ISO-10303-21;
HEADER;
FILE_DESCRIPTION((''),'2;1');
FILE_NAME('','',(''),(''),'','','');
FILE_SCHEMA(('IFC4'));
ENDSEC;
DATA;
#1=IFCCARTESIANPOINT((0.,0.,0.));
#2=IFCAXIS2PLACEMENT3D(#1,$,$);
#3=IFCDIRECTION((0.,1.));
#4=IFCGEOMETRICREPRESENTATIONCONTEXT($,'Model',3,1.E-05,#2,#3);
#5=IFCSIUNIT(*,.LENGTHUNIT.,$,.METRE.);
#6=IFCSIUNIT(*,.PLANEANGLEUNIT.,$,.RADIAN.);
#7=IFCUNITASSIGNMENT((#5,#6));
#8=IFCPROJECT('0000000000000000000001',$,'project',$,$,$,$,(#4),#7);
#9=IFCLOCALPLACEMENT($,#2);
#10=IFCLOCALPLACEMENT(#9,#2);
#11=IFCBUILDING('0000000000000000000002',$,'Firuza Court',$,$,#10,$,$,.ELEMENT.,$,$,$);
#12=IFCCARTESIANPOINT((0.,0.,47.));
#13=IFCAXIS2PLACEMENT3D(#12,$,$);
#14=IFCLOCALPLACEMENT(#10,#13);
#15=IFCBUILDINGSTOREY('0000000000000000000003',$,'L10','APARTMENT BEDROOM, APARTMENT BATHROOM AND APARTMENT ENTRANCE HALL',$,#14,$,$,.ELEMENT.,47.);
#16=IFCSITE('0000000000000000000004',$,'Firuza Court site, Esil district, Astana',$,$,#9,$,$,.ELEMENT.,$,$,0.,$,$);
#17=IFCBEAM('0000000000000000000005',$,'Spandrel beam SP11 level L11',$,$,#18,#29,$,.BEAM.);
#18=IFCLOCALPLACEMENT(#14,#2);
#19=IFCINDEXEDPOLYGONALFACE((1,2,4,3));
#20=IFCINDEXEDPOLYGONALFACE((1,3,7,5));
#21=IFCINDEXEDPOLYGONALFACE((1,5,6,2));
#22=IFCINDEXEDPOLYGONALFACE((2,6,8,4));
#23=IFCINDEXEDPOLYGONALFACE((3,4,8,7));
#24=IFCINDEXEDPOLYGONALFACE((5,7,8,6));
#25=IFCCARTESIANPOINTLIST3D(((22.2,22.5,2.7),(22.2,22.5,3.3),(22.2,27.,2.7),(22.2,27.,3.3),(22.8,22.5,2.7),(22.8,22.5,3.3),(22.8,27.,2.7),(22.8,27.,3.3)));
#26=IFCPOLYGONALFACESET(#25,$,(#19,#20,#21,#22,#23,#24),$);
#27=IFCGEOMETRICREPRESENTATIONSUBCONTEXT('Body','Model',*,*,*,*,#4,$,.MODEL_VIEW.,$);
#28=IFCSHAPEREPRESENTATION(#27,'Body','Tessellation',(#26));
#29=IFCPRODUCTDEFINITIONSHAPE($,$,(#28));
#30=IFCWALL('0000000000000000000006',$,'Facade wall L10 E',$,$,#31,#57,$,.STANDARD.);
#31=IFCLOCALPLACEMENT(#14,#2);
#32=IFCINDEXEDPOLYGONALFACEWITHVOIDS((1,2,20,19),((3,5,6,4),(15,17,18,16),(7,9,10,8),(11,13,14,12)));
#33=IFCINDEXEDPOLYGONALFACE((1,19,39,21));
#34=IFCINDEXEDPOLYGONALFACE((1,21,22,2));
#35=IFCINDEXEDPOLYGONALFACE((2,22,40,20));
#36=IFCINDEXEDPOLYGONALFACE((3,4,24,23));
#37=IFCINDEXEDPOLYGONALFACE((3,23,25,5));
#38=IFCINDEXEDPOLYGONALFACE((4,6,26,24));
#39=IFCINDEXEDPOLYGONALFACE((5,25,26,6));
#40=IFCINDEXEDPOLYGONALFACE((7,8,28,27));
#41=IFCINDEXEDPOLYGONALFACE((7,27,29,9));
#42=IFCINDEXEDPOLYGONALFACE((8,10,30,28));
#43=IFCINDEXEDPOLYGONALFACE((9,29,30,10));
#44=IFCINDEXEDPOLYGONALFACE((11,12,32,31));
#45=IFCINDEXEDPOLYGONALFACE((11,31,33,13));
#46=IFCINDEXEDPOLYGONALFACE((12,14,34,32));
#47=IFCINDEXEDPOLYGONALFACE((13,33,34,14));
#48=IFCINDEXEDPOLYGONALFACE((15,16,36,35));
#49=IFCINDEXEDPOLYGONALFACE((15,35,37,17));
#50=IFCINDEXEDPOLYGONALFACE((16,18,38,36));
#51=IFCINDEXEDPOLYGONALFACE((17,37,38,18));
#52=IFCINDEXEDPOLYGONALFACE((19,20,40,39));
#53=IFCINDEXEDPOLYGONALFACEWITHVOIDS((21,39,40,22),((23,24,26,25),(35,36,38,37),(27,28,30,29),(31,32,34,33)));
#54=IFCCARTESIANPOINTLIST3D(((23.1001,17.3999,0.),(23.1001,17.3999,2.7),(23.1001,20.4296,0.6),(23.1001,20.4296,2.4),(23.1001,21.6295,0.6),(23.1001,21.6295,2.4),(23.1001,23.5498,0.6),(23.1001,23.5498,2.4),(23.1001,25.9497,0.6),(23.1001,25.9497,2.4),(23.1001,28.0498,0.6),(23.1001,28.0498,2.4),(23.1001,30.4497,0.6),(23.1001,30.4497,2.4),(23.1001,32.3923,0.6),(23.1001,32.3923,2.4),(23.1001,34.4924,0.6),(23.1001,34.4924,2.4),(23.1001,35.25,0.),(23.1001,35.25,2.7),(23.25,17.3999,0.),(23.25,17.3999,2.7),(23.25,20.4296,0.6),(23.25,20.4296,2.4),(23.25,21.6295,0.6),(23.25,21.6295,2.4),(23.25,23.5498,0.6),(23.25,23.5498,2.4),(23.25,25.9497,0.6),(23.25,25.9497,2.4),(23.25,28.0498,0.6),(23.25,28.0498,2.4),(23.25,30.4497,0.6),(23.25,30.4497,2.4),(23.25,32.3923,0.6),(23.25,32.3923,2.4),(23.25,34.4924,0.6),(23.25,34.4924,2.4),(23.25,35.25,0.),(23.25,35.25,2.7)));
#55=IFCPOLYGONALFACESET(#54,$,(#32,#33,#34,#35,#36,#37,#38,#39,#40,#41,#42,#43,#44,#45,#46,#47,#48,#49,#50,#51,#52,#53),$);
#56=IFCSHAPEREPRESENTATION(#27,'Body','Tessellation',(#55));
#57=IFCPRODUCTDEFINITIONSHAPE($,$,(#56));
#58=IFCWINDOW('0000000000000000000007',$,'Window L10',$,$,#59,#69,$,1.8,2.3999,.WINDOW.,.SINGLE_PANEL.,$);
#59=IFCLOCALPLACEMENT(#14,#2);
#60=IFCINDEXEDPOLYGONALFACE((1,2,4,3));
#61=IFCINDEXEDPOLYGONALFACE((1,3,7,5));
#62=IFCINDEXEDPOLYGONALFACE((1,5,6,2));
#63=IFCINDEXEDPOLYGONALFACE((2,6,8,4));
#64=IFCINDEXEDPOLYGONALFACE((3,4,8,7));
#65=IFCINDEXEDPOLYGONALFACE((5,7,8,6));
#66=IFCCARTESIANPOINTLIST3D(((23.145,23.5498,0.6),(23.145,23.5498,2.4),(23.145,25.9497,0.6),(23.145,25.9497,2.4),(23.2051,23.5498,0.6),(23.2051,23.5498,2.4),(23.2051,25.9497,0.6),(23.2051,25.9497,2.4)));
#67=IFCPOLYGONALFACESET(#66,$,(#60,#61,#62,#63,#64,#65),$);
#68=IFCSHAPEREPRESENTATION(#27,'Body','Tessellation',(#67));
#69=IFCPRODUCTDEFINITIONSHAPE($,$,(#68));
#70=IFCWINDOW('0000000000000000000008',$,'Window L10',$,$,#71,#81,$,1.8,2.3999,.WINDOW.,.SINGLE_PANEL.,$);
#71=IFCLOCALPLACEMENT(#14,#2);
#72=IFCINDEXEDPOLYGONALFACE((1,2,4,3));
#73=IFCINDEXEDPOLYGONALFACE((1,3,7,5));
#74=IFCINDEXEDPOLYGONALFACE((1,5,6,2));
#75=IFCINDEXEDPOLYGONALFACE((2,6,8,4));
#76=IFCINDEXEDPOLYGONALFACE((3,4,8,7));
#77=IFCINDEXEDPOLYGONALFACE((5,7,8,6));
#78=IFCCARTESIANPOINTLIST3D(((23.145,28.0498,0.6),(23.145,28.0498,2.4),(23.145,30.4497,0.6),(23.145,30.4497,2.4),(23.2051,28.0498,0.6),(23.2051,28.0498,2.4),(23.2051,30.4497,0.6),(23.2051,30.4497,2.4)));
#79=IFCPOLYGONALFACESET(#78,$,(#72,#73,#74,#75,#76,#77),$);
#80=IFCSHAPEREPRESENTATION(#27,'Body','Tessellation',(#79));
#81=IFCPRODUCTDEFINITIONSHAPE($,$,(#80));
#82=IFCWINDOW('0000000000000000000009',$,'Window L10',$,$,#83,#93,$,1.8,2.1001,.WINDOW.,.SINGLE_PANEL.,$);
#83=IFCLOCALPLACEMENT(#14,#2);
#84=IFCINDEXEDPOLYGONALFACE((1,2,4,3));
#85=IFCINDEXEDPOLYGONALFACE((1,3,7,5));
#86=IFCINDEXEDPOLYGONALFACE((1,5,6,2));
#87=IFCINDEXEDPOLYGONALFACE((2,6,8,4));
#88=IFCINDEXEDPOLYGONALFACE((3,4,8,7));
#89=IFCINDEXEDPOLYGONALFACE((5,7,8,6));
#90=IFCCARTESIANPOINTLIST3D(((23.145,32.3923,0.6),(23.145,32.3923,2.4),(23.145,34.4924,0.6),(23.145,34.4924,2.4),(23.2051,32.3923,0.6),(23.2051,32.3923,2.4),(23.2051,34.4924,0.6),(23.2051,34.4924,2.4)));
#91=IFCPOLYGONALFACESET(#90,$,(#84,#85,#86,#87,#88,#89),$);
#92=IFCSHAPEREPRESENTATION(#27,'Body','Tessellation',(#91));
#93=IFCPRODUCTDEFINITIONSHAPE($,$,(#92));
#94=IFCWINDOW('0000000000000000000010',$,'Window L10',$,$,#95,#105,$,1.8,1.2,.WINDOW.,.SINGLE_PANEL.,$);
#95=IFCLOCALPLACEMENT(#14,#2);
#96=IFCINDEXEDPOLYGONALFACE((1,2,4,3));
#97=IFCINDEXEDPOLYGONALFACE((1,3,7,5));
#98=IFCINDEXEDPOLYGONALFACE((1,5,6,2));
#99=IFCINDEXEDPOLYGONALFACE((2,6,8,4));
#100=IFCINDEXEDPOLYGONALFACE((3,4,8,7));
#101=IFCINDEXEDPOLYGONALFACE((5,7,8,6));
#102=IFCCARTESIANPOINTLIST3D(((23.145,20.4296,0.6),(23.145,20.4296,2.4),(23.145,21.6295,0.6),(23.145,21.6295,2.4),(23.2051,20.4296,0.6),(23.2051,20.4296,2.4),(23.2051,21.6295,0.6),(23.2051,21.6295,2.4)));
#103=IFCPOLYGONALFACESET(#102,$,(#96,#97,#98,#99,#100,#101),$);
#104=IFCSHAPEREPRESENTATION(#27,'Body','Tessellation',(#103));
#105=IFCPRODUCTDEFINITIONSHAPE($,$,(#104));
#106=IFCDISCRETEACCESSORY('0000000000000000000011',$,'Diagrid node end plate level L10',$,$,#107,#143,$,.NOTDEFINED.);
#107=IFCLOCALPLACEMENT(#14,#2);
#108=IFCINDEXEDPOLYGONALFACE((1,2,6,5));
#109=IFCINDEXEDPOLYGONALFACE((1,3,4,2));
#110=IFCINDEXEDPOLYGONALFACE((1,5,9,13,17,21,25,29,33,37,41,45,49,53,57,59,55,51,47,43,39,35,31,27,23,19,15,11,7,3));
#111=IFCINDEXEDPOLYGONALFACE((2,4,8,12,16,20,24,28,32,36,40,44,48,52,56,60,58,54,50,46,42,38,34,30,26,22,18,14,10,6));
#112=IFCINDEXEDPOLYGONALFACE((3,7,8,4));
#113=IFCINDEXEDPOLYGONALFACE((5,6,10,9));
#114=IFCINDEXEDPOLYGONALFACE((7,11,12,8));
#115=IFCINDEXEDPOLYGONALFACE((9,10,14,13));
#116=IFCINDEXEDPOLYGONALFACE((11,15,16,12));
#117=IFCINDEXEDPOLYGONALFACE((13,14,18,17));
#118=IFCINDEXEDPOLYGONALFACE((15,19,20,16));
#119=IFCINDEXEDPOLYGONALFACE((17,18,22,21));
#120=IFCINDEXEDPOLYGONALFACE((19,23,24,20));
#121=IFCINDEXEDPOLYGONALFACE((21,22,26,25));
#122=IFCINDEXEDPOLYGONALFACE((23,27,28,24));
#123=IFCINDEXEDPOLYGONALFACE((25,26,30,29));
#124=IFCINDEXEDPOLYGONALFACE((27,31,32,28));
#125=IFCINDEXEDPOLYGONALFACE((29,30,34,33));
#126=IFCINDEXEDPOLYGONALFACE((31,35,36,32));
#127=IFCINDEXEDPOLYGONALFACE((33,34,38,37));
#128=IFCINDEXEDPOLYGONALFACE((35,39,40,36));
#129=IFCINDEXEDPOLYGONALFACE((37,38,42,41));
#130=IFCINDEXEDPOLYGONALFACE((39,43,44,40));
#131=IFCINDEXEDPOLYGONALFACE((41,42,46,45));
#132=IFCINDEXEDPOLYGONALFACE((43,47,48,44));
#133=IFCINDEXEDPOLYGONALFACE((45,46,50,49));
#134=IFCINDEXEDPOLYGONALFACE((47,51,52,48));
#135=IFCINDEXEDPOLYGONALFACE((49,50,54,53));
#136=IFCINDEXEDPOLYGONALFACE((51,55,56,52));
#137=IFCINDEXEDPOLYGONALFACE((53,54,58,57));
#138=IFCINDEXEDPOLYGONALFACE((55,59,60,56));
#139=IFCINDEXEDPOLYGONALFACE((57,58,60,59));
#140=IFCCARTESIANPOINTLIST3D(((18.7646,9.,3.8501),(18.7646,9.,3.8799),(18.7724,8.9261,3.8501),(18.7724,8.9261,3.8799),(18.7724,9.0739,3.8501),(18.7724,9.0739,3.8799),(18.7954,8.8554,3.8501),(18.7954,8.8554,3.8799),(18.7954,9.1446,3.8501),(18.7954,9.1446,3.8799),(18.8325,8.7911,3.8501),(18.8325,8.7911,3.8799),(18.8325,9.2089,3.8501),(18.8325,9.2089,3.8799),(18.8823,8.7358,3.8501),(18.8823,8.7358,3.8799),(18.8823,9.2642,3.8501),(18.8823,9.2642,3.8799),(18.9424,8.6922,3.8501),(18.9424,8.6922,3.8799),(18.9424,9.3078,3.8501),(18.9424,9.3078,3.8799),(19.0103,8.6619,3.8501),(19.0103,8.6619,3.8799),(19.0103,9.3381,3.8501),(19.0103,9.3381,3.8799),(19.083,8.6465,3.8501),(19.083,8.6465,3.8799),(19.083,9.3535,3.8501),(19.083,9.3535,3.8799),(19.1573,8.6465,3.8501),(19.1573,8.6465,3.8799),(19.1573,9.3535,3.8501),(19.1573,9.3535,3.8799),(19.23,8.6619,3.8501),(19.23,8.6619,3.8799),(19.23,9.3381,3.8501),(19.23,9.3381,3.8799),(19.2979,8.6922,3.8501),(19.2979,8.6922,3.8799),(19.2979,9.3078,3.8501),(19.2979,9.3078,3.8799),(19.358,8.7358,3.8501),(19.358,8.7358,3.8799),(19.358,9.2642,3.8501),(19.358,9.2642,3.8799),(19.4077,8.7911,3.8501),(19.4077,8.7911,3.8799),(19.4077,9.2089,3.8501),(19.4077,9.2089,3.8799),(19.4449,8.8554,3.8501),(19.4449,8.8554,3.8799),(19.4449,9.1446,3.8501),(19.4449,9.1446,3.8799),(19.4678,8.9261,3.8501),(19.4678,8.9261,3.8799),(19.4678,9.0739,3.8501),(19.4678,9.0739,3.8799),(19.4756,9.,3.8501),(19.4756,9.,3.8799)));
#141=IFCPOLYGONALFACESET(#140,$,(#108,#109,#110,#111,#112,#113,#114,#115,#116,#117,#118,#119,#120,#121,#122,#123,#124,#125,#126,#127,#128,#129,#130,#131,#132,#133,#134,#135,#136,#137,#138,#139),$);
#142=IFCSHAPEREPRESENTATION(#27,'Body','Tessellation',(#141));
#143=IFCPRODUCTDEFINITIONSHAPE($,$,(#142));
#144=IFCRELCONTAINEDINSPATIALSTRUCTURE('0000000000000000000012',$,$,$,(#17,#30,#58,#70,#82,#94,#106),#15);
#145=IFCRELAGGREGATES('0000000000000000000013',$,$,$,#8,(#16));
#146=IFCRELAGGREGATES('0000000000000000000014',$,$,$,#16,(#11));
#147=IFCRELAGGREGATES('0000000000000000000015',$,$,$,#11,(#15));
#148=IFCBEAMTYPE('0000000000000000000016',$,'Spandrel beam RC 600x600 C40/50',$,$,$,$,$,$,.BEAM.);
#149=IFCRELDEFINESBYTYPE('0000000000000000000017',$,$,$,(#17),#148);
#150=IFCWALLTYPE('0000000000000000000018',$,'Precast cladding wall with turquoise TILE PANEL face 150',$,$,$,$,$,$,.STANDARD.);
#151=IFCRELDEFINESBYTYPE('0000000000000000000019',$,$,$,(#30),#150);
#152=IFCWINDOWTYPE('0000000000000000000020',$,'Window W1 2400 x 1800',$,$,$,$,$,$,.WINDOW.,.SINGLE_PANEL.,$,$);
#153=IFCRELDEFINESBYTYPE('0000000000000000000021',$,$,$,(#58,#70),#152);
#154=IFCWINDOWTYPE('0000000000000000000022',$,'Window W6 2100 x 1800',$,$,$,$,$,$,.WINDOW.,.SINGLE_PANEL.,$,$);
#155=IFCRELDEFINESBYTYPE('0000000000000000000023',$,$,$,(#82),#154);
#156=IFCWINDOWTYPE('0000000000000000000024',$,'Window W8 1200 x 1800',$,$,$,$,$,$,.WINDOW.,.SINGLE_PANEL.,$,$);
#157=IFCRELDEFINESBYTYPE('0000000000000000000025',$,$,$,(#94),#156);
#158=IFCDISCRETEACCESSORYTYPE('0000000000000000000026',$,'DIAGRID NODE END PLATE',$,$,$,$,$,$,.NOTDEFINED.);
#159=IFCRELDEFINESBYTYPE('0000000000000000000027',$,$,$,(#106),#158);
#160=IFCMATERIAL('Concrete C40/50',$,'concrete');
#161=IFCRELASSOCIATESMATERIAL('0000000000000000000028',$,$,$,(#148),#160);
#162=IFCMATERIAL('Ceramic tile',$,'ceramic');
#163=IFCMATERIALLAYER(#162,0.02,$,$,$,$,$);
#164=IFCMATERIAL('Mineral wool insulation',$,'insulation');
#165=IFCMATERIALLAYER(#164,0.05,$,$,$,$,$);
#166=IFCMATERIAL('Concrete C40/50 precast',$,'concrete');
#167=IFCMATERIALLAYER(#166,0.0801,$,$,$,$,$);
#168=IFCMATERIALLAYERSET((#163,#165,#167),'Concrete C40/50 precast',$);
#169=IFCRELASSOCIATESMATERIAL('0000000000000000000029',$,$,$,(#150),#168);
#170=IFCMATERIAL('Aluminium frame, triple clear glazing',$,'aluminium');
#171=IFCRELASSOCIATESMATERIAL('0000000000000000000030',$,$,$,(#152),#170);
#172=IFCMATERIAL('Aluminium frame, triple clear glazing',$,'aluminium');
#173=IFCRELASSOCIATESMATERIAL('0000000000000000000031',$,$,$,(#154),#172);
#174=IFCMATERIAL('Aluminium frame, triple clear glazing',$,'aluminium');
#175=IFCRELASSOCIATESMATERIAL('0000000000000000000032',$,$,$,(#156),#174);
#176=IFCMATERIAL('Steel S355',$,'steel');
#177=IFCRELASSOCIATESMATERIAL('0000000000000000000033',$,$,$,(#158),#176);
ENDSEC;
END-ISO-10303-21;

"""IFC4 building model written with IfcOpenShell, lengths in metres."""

from ifc_helpers import new_model, si_unit, direction, frame, frame_2d, origin, origin_2d, place, context, subcontext, project, spatial, rectangle, circle, extrude, material, layer, layer_set, material_profile, profile_set, type_object, element, fill, save


model = new_model("IFC4")

# Units and contexts
model_context = context("Model", 3, precision=1e-05, world=origin(), true_north=direction((0.0, 1.0)))
body_context = subcontext(model_context, "Body", "Model", "MODEL_VIEW")
ifc_project = project(units=[si_unit("LENGTHUNIT", "METRE"), si_unit("PLANEANGLEUNIT", "RADIAN")], contexts=[model_context])

# Site, building, storey
site_placement = place(None, origin())
site = spatial("IfcSite", under=ifc_project, at=site_placement, Name="Firuza Court site, Esil district, Astana", CompositionType="ELEMENT", RefElevation=0.0)
building_placement = place(site_placement, origin())
building = spatial("IfcBuilding", under=site, at=building_placement, Name="Firuza Court", CompositionType="ELEMENT")
storey_placement = place(building_placement, frame((0.0, 0.0, 47.0)))
storey = spatial("IfcBuildingStorey", under=building, at=storey_placement, Name="L10", Description="APARTMENT BEDROOM, APARTMENT BATHROOM AND APARTMENT ENTRANCE HALL", CompositionType="ELEMENT", Elevation=47.0)

# Beam
ifc_material_1 = material(Name="Concrete C40/50", Category="concrete")
ifc_material_profile_1 = material_profile(ifc_material_1, rectangle(XDim=0.6001, YDim=0.6001, at=origin_2d()), Name="RC 600x600")
ifc_profile_set_1 = profile_set([ifc_material_profile_1], Name="Concrete C40/50")
beam_type_1 = type_object("IfcBeamType", Name="Spandrel beam RC 600x600 C40/50", PredefinedType="BEAM", material=ifc_profile_set_1)
for number, where, z_axis, x_axis, name in (
    (1, (22.5, 22.5, 3.0), (0.0, 1.0, 0.0), (-1.0, 0.0, 0.0), "Spandrel beam SP11 level L11"),
):
    element("IfcBeam", number, at=place(storey_placement, frame(where, z_axis=z_axis, x_axis=x_axis)), inside=storey, type_object=beam_type_1, Name=name, PredefinedType="BEAM", context=body_context, shape_type="SweptSolid", body=[
        extrude(rectangle(XDim=0.6001, YDim=0.6001, at=origin_2d()), origin(), (0.0, 0.0, 1.0), 4.5),
    ])

# Wall, openings, windows
ifc_material_2 = material(Name="Ceramic tile", Category="ceramic")
ifc_layer_1 = layer(ifc_material_2, 0.02)
ifc_material_3 = material(Name="Mineral wool insulation", Category="insulation")
ifc_layer_2 = layer(ifc_material_3, 0.05)
ifc_material_4 = material(Name="Concrete C40/50 precast", Category="concrete")
ifc_layer_3 = layer(ifc_material_4, 0.0801)
ifc_layer_set = layer_set([ifc_layer_1, ifc_layer_2, ifc_layer_3], Name="Concrete C40/50 precast")
wall_type = type_object("IfcWallType", Name="Precast cladding wall with turquoise TILE PANEL face 150", PredefinedType="STANDARD", material=ifc_layer_set)
wall_placement = place(storey_placement, frame((23.175, 17.3999, 0.0), z_axis=(0.0, 0.0, 1.0), x_axis=(0.0, 1.0, 0.0)))
wall = element("IfcWall", 2, at=wall_placement, inside=storey, type_object=wall_type, Name="Facade wall L10 E", PredefinedType="STANDARD", context=body_context, shape_type="SweptSolid", body=[
    extrude(rectangle(XDim=17.8501, YDim=0.1499, at=frame_2d((8.925, 0.0))), origin(), (0.0, 0.0, 1.0), 2.7),
])
opening_1_placement = place(wall_placement, frame((3.0295, 0.0, 0.6001)))
opening_1 = element("IfcOpeningElement", 3, at=opening_1_placement, cuts=wall, PredefinedType="OPENING", context=body_context, shape_type="SweptSolid", body=[
    extrude(rectangle(XDim=1.2, YDim=1.8, at=frame_2d((0.6001, 0.8999))), frame((0.0, 0.0869, 0.0), z_axis=(0.0, -1.0, 0.0), x_axis=(1.0, 0.0, 0.0)), (0.0, 0.0, 1.0), 0.1738),
])
opening_2_placement = place(wall_placement, frame((6.1499, 0.0, 0.6001)))
opening_2 = element("IfcOpeningElement", 4, at=opening_2_placement, cuts=wall, PredefinedType="OPENING", context=body_context, shape_type="SweptSolid", body=[
    extrude(rectangle(XDim=2.3999, YDim=1.8, at=frame_2d((1.2, 0.8999))), frame((0.0, 0.0869, 0.0), z_axis=(0.0, -1.0, 0.0), x_axis=(1.0, 0.0, 0.0)), (0.0, 0.0, 1.0), 0.1738),
])
opening_3_placement = place(wall_placement, frame((10.6499, 0.0, 0.6001)))
opening_3 = element("IfcOpeningElement", 5, at=opening_3_placement, cuts=wall, PredefinedType="OPENING", context=body_context, shape_type="SweptSolid", body=[
    extrude(rectangle(XDim=2.3999, YDim=1.8, at=frame_2d((1.2, 0.8999))), frame((0.0, 0.0869, 0.0), z_axis=(0.0, -1.0, 0.0), x_axis=(1.0, 0.0, 0.0)), (0.0, 0.0, 1.0), 0.1738),
])
opening_4_placement = place(wall_placement, frame((14.9924, 0.0, 0.6001)))
opening_4 = element("IfcOpeningElement", 6, at=opening_4_placement, cuts=wall, PredefinedType="OPENING", context=body_context, shape_type="SweptSolid", body=[
    extrude(rectangle(XDim=2.1001, YDim=1.8, at=frame_2d((1.05, 0.8999))), frame((0.0, 0.0869, 0.0), z_axis=(0.0, -1.0, 0.0), x_axis=(1.0, 0.0, 0.0)), (0.0, 0.0, 1.0), 0.1738),
])
ifc_material_5 = material(Name="Aluminium frame, triple clear glazing", Category="aluminium")
window_type_1 = type_object("IfcWindowType", Name="Window W1 2400 x 1800", PartitioningType="SINGLE_PANEL", PredefinedType="WINDOW", material=ifc_material_5)
window_1_placement = place(opening_2_placement, origin())
window_1 = element("IfcWindow", 7, at=window_1_placement, inside=storey, type_object=window_type_1, Name="Window L10", OverallHeight=1.8, OverallWidth=2.3999, PartitioningType="SINGLE_PANEL", PredefinedType="WINDOW", context=body_context, shape_type="SweptSolid", body=[
    extrude(rectangle(XDim=2.3999, YDim=1.8, at=frame_2d((1.2, 0.8999))), frame((0.0, 0.03, 0.0), z_axis=(0.0, -1.0, 0.0), x_axis=(1.0, 0.0, 0.0)), (0.0, 0.0, 1.0), 0.0601),
])
fill(opening_2, window_1)
window_2_placement = place(opening_3_placement, origin())
window_2 = element("IfcWindow", 8, at=window_2_placement, inside=storey, type_object=window_type_1, Name="Window L10", OverallHeight=1.8, OverallWidth=2.3999, PartitioningType="SINGLE_PANEL", PredefinedType="WINDOW", context=body_context, shape_type="SweptSolid", body=[
    extrude(rectangle(XDim=2.3999, YDim=1.8, at=frame_2d((1.2, 0.8999))), frame((0.0, 0.03, 0.0), z_axis=(0.0, -1.0, 0.0), x_axis=(1.0, 0.0, 0.0)), (0.0, 0.0, 1.0), 0.0601),
])
fill(opening_3, window_2)
ifc_material_6 = material(Name="Aluminium frame, triple clear glazing", Category="aluminium")
window_type_2 = type_object("IfcWindowType", Name="Window W6 2100 x 1800", PartitioningType="SINGLE_PANEL", PredefinedType="WINDOW", material=ifc_material_6)
window_3_placement = place(opening_4_placement, origin())
window_3 = element("IfcWindow", 9, at=window_3_placement, inside=storey, type_object=window_type_2, Name="Window L10", OverallHeight=1.8, OverallWidth=2.1001, PartitioningType="SINGLE_PANEL", PredefinedType="WINDOW", context=body_context, shape_type="SweptSolid", body=[
    extrude(rectangle(XDim=2.1001, YDim=1.8, at=frame_2d((1.05, 0.8999))), frame((0.0, 0.03, 0.0), z_axis=(0.0, -1.0, 0.0), x_axis=(1.0, 0.0, 0.0)), (0.0, 0.0, 1.0), 0.0601),
])
fill(opening_4, window_3)
ifc_material_7 = material(Name="Aluminium frame, triple clear glazing", Category="aluminium")
window_type_3 = type_object("IfcWindowType", Name="Window W8 1200 x 1800", PartitioningType="SINGLE_PANEL", PredefinedType="WINDOW", material=ifc_material_7)
window_4_placement = place(opening_1_placement, origin())
window_4 = element("IfcWindow", 10, at=window_4_placement, inside=storey, type_object=window_type_3, Name="Window L10", OverallHeight=1.8, OverallWidth=1.2, PartitioningType="SINGLE_PANEL", PredefinedType="WINDOW", context=body_context, shape_type="SweptSolid", body=[
    extrude(rectangle(XDim=1.2, YDim=1.8, at=frame_2d((0.6001, 0.8999))), frame((0.0, 0.03, 0.0), z_axis=(0.0, -1.0, 0.0), x_axis=(1.0, 0.0, 0.0)), (0.0, 0.0, 1.0), 0.0601),
])
fill(opening_1, window_4)

# Discrete accessory
ifc_material_8 = material(Name="Steel S355", Category="steel")
ifc_material_profile_2 = material_profile(ifc_material_8, circle(Radius=0.3555, at=origin_2d()), Name="PL D711")
ifc_profile_set_2 = profile_set([ifc_material_profile_2], Name="Steel S355")
discrete_accessory_type = type_object("IfcDiscreteAccessoryType", Name="DIAGRID NODE END PLATE", PredefinedType="NOTDEFINED", material=ifc_profile_set_2)
discrete_accessory_1_placement = place(storey_placement, frame((19.1201, 9.0, 3.8501), z_axis=(0.0, 0.0, 1.0), x_axis=(1.0, 0.0, 0.0)))
element("IfcDiscreteAccessory", 11, at=discrete_accessory_1_placement, inside=storey, type_object=discrete_accessory_type, Name="Diagrid node end plate level L10", PredefinedType="NOTDEFINED", context=body_context, shape_type="SweptSolid", body=[
    extrude(circle(Radius=0.3555, at=origin_2d()), origin(), (0.0, 0.0, 1.0), 0.0298),
])

save(model, "model.ifc")
